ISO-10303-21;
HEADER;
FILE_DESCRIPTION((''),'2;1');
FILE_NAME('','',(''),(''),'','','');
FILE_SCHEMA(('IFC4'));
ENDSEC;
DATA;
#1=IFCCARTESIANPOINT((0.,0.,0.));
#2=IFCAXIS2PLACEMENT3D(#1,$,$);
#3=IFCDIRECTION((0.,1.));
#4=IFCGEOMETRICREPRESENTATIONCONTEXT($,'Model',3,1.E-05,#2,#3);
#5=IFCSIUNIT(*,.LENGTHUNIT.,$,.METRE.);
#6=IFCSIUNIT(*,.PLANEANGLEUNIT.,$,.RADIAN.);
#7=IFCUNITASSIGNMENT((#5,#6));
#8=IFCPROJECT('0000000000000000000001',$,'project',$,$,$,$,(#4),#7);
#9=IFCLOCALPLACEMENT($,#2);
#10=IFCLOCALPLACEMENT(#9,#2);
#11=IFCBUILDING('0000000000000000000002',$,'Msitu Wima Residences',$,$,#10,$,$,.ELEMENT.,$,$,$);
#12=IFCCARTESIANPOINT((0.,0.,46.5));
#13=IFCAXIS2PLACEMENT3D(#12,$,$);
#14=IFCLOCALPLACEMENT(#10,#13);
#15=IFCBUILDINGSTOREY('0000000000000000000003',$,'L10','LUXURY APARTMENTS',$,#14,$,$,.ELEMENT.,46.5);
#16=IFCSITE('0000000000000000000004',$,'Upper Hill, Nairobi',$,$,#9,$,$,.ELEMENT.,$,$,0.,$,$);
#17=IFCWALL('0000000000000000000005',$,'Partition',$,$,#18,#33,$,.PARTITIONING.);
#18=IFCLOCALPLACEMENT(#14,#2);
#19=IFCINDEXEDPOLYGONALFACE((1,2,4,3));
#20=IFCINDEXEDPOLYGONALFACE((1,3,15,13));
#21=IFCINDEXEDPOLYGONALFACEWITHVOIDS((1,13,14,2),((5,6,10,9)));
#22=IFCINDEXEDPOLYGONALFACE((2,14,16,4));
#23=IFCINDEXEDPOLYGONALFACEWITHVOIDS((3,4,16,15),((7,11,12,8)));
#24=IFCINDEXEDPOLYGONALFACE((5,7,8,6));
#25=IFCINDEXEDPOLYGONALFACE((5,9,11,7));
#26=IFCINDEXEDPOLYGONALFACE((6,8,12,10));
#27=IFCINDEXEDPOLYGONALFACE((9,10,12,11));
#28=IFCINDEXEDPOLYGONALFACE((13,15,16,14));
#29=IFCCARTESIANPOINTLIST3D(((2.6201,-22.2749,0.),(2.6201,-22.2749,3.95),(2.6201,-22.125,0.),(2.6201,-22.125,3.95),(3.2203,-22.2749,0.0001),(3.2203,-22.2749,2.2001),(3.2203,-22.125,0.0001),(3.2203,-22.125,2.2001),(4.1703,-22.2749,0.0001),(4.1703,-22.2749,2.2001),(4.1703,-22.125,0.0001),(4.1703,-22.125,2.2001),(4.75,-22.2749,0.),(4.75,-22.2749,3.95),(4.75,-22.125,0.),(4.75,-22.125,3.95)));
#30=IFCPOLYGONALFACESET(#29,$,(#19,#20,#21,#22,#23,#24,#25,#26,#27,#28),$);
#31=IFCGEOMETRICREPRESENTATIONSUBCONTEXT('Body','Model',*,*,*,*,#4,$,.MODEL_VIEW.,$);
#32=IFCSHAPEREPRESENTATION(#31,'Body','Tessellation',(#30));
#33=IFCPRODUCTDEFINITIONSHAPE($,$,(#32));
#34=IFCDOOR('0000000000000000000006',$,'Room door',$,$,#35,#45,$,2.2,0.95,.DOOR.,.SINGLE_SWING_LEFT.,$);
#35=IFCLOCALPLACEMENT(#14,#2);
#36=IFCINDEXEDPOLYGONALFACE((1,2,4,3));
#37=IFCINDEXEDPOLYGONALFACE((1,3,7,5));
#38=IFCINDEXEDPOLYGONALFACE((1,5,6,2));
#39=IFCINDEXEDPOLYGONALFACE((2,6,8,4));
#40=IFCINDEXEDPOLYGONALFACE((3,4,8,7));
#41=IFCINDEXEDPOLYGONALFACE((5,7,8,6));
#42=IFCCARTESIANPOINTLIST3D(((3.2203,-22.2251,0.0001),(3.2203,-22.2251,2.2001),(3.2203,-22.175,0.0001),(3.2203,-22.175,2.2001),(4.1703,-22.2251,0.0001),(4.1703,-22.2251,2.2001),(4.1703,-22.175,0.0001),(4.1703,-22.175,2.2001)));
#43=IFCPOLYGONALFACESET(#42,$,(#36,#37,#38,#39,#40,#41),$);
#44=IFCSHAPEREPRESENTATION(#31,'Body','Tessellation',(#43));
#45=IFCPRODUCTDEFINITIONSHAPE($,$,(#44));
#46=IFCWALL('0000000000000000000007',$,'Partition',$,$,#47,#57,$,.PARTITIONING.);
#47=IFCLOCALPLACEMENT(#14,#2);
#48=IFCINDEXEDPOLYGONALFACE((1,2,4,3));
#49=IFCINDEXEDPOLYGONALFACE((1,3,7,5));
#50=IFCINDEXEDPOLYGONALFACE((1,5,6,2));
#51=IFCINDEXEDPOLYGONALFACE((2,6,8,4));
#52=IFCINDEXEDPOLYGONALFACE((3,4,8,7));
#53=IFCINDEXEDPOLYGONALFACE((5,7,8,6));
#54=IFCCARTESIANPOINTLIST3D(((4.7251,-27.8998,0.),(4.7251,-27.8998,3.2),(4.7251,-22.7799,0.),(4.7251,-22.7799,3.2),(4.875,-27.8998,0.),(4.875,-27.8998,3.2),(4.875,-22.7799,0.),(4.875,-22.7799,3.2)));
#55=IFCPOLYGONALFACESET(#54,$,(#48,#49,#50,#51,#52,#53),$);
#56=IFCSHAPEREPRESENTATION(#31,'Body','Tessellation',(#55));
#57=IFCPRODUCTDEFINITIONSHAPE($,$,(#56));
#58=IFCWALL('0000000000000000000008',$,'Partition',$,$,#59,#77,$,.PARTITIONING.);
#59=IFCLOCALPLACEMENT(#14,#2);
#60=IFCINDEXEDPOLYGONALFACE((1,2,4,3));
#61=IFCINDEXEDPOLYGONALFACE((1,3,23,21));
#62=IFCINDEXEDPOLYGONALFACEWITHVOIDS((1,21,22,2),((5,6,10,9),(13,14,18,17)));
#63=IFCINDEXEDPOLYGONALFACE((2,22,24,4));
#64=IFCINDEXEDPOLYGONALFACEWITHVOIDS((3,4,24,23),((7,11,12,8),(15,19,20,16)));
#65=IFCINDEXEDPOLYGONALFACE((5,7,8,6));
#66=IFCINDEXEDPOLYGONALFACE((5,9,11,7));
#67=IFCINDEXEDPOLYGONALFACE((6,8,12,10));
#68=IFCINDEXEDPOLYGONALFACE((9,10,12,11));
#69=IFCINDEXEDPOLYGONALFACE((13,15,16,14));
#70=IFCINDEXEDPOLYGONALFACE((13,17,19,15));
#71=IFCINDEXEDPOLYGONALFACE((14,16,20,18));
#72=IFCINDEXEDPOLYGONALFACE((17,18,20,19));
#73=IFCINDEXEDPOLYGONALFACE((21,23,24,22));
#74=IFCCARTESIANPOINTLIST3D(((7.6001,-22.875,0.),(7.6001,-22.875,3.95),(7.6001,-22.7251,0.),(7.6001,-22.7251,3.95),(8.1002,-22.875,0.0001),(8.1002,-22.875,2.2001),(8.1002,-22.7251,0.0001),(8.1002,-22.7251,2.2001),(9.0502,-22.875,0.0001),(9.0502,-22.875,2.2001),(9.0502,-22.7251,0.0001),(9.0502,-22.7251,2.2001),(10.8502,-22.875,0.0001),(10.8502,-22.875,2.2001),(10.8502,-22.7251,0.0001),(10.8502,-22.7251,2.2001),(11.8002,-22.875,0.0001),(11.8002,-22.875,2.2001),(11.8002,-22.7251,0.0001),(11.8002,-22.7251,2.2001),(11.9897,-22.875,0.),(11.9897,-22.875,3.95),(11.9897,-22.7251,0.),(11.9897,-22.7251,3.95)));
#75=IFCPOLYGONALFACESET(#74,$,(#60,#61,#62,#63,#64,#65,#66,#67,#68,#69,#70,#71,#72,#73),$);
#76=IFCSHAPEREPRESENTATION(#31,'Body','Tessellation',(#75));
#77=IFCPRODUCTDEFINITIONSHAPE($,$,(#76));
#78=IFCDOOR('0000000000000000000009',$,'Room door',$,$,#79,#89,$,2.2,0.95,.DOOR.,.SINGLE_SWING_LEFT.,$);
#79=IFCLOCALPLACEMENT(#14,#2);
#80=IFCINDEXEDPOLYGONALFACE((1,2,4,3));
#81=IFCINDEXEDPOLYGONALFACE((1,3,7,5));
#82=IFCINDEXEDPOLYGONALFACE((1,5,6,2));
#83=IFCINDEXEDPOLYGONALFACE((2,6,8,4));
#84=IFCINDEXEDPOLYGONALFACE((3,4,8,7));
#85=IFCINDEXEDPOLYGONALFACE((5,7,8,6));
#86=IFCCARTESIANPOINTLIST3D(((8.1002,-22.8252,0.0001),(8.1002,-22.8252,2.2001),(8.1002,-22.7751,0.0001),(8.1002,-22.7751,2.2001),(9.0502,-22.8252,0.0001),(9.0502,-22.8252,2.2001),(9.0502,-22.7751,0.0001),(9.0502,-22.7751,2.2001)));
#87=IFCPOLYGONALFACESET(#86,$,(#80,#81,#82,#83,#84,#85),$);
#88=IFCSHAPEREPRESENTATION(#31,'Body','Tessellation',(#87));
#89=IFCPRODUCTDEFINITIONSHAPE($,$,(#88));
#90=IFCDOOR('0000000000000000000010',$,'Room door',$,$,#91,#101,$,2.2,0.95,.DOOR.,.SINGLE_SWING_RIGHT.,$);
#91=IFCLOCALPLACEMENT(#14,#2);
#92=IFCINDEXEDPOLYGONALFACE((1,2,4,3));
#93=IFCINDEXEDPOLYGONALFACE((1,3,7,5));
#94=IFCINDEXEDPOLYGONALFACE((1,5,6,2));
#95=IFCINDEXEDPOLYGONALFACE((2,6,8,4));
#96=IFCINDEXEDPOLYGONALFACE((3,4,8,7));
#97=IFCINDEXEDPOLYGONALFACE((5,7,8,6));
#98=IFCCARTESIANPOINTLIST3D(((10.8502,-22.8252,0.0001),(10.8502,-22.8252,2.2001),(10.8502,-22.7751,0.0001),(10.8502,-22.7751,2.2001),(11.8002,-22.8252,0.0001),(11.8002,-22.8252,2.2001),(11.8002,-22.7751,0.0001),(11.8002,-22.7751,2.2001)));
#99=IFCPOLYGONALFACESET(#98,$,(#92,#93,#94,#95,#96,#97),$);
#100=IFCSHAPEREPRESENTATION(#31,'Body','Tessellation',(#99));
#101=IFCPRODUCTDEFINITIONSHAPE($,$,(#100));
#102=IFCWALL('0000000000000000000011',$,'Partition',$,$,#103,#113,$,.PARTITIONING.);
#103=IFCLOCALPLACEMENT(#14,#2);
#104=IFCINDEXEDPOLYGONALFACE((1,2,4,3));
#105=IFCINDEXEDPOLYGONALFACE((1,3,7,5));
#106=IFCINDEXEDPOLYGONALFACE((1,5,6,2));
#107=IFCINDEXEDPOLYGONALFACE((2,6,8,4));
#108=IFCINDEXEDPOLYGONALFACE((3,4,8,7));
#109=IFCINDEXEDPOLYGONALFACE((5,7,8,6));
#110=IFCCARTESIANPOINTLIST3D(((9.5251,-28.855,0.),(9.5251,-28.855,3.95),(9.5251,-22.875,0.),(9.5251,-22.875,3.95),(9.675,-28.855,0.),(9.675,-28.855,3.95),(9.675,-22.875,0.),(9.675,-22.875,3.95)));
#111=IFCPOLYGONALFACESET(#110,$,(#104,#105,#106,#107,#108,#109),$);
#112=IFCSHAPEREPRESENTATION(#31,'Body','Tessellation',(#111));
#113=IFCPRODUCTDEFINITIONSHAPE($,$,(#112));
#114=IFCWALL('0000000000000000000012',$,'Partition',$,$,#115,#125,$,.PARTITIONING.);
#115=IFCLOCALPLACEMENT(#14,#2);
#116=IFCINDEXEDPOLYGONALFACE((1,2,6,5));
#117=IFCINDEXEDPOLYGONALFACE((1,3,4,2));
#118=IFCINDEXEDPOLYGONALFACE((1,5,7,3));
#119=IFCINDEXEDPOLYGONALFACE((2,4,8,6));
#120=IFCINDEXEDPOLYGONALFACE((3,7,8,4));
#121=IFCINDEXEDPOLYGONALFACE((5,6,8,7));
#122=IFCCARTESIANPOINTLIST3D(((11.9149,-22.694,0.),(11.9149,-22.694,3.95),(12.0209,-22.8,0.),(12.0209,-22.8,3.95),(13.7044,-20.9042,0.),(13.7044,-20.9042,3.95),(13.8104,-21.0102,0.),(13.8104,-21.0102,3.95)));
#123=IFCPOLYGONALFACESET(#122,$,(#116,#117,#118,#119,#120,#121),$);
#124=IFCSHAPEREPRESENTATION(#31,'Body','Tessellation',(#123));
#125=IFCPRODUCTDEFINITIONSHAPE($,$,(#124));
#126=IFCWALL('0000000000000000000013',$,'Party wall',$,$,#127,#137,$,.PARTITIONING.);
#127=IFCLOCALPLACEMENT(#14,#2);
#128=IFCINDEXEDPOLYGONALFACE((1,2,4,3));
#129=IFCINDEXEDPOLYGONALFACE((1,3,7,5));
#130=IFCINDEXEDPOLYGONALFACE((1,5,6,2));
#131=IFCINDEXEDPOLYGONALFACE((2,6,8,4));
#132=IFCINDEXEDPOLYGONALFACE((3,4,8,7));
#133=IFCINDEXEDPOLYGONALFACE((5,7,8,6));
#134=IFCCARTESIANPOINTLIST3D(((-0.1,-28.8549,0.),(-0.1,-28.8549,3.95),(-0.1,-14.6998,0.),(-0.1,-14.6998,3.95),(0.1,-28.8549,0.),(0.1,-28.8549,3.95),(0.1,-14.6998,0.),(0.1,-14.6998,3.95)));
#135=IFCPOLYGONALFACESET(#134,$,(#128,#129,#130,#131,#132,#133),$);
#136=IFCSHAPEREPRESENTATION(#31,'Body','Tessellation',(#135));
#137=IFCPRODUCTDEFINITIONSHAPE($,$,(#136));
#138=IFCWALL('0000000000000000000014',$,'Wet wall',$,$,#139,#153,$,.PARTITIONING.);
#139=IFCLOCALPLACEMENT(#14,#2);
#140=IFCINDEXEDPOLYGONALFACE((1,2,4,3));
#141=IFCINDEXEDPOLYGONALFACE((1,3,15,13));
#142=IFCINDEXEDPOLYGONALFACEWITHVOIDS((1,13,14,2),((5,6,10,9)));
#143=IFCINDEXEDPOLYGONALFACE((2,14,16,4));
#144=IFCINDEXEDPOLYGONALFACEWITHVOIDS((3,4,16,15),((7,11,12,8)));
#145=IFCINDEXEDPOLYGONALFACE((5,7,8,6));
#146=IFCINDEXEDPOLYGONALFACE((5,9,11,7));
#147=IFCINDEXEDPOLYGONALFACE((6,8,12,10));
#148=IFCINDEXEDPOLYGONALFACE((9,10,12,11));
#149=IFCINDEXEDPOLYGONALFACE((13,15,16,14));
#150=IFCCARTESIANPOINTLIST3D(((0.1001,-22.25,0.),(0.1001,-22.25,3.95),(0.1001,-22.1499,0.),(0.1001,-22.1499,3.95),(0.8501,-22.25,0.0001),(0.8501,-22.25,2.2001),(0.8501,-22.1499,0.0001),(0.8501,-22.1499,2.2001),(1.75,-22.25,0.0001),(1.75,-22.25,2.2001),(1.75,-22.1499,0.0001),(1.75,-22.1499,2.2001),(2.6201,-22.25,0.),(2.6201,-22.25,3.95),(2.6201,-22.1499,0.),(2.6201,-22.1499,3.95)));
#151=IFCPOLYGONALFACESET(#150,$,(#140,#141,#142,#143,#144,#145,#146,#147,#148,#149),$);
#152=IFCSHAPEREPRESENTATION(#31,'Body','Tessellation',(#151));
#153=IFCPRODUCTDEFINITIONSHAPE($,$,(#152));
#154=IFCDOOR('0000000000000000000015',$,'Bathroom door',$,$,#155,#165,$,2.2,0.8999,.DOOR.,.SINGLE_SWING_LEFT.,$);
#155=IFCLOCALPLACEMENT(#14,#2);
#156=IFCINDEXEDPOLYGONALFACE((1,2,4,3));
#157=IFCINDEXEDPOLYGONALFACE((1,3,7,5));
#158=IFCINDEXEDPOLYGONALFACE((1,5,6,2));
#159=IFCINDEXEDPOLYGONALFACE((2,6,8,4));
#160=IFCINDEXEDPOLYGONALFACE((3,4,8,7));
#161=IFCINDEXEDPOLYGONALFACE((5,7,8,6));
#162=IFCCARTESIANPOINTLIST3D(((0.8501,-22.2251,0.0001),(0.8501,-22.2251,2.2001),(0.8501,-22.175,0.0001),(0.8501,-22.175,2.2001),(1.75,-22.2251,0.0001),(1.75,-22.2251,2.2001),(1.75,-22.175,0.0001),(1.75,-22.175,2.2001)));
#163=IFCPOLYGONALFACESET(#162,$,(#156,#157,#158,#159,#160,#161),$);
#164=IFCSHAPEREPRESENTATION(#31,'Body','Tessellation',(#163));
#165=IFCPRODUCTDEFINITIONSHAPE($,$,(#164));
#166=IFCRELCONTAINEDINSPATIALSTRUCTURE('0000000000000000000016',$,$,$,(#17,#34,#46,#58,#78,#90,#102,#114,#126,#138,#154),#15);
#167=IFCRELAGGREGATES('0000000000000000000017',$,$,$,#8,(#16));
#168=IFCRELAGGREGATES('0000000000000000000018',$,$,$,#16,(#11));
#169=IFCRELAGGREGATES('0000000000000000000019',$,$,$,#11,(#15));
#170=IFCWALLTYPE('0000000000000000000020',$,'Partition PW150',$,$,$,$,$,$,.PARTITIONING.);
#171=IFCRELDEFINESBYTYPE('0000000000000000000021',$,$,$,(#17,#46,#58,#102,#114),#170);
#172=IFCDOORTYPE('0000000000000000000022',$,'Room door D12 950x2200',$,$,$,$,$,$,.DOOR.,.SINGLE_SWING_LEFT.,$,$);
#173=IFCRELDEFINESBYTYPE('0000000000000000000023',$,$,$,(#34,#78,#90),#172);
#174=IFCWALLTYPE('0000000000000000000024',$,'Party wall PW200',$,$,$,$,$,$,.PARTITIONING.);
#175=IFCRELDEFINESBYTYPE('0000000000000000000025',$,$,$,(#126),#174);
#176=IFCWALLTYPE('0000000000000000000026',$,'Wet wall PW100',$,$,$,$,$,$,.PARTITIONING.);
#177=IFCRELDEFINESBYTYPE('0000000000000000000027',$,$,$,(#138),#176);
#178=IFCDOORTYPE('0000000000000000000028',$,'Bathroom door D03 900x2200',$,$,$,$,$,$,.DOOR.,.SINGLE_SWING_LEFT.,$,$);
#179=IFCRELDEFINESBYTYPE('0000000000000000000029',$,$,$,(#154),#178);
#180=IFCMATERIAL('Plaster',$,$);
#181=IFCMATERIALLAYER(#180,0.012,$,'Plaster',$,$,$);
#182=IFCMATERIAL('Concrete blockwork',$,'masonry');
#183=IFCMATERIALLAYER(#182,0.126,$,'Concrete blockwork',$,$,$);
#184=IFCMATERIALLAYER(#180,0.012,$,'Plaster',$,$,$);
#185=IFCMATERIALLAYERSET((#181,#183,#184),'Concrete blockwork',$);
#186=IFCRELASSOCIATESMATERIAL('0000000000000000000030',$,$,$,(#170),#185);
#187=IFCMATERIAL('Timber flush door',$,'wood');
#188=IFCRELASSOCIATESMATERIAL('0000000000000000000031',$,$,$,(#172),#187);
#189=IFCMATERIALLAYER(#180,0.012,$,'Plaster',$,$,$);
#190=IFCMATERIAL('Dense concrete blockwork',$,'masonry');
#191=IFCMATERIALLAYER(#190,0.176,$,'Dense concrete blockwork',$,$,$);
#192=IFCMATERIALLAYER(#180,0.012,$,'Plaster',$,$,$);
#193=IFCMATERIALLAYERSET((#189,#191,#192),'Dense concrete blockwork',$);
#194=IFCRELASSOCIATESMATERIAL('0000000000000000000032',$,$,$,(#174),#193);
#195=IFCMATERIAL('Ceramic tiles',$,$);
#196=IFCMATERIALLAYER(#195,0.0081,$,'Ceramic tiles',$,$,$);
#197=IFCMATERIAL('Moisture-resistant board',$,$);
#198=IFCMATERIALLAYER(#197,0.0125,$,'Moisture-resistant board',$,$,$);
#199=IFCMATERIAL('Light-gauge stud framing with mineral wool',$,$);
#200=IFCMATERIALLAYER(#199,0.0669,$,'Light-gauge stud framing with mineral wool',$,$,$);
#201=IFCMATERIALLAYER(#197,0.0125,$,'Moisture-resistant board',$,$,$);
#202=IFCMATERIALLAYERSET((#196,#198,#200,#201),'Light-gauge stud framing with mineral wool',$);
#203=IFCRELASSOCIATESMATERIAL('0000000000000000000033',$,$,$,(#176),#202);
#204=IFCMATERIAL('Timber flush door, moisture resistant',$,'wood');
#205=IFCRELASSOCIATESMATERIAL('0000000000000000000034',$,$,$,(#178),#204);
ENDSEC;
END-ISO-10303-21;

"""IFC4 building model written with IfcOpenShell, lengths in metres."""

from ifc_helpers import new_model, si_unit, direction, frame, frame_2d, origin, place, context, subcontext, project, spatial, rectangle, extrude, material, layer, layer_set, type_object, element, fill, save


model = new_model("IFC4")

# Units and contexts
model_context = context("Model", 3, precision=1e-05, world=origin(), true_north=direction((0.0, 1.0)))
body_context = subcontext(model_context, "Body", "Model", "MODEL_VIEW")
ifc_project = project(units=[si_unit("LENGTHUNIT", "METRE"), si_unit("PLANEANGLEUNIT", "RADIAN")], contexts=[model_context])

# Site, building, storey
site_placement = place(None, origin())
site = spatial("IfcSite", under=ifc_project, at=site_placement, Name="Upper Hill, Nairobi", CompositionType="ELEMENT", RefElevation=0.0)
building_placement = place(site_placement, origin())
building = spatial("IfcBuilding", under=site, at=building_placement, Name="Msitu Wima Residences", CompositionType="ELEMENT")
storey_placement = place(building_placement, frame((0.0, 0.0, 46.5)))
storey = spatial("IfcBuildingStorey", under=building, at=storey_placement, Name="L10", Description="LUXURY APARTMENTS", CompositionType="ELEMENT", Elevation=46.5)

# Wall, opening, door
ifc_material_1 = material(Name="Plaster")
ifc_layer_1 = layer(ifc_material_1, 0.012, Name="Plaster")
ifc_material_2 = material(Name="Concrete blockwork", Category="masonry")
ifc_layer_2 = layer(ifc_material_2, 0.126, Name="Concrete blockwork")
ifc_layer_3 = layer(ifc_material_1, 0.012, Name="Plaster")
ifc_layer_set_1 = layer_set([ifc_layer_1, ifc_layer_2, ifc_layer_3], Name="Concrete blockwork")
wall_type_1 = type_object("IfcWallType", Name="Partition PW150", PredefinedType="PARTITIONING", material=ifc_layer_set_1)
wall_1_placement = place(storey_placement, frame((2.6201, -22.2, 0.0), z_axis=(0.0, 0.0, 1.0), x_axis=(1.0, 0.0, 0.0)))
wall_1 = element("IfcWall", 1, at=wall_1_placement, inside=storey, type_object=wall_type_1, Name="Partition", PredefinedType="PARTITIONING", context=body_context, shape_type="SweptSolid", body=[
    extrude(rectangle(XDim=2.1299, YDim=0.1499, at=frame_2d((1.0649, 0.0))), origin(), (0.0, 0.0, 1.0), 3.95),
])
opening_1_placement = place(wall_1_placement, frame((0.6001, 0.0, 0.0)))
opening_1 = element("IfcOpeningElement", 2, at=opening_1_placement, cuts=wall_1, PredefinedType="OPENING", context=body_context, shape_type="SweptSolid", body=[
    extrude(rectangle(XDim=0.95, YDim=2.2, at=frame_2d((0.4751, 1.1001))), frame((0.0, 0.085, 0.0), z_axis=(0.0, -1.0, 0.0), x_axis=(1.0, 0.0, 0.0)), (0.0, 0.0, 1.0), 0.1699),
])
ifc_material_3 = material(Name="Timber flush door", Category="wood")
door_type_1 = type_object("IfcDoorType", Name="Room door D12 950x2200", OperationType="SINGLE_SWING_LEFT", PredefinedType="DOOR", material=ifc_material_3)
door_1_placement = place(opening_1_placement, origin())
door_1 = element("IfcDoor", 3, at=door_1_placement, inside=storey, type_object=door_type_1, Name="Room door", OperationType="SINGLE_SWING_LEFT", OverallHeight=2.2, OverallWidth=0.95, PredefinedType="DOOR", context=body_context, shape_type="SweptSolid", body=[
    extrude(rectangle(XDim=0.95, YDim=2.2, at=frame_2d((0.4751, 1.1001))), frame((0.0, 0.0249, 0.0), z_axis=(0.0, -1.0, 0.0), x_axis=(1.0, 0.0, 0.0)), (0.0, 0.0, 1.0), 0.05),
])
fill(opening_1, door_1)

# Wall
wall_2_placement = place(storey_placement, frame((4.8, -27.8999, 0.0), z_axis=(0.0, 0.0, 1.0), x_axis=(0.0, 1.0, 0.0)))
element("IfcWall", 4, at=wall_2_placement, inside=storey, type_object=wall_type_1, Name="Partition", PredefinedType="PARTITIONING", context=body_context, shape_type="SweptSolid", body=[
    extrude(rectangle(XDim=5.1199, YDim=0.1499, at=frame_2d((2.5601, 0.0))), origin(), (0.0, 0.0, 1.0), 3.2),
])

# Wall, openings, doors
wall_3_placement = place(storey_placement, frame((7.6001, -22.8, 0.0), z_axis=(0.0, 0.0, 1.0), x_axis=(1.0, 0.0, 0.0)))
wall_3 = element("IfcWall", 5, at=wall_3_placement, inside=storey, type_object=wall_type_1, Name="Partition", PredefinedType="PARTITIONING", context=body_context, shape_type="SweptSolid", body=[
    extrude(rectangle(XDim=4.3896, YDim=0.1499, at=frame_2d((2.1948, 0.0))), origin(), (0.0, 0.0, 1.0), 3.95),
])
opening_2_placement = place(wall_3_placement, frame((0.5, 0.0, 0.0)))
opening_2 = element("IfcOpeningElement", 6, at=opening_2_placement, cuts=wall_3, PredefinedType="OPENING", context=body_context, shape_type="SweptSolid", body=[
    extrude(rectangle(XDim=0.95, YDim=2.2, at=frame_2d((0.4751, 1.1001))), frame((0.0, 0.085, 0.0), z_axis=(0.0, -1.0, 0.0), x_axis=(1.0, 0.0, 0.0)), (0.0, 0.0, 1.0), 0.1699),
])
opening_3_placement = place(wall_3_placement, frame((3.25, 0.0, 0.0)))
opening_3 = element("IfcOpeningElement", 7, at=opening_3_placement, cuts=wall_3, PredefinedType="OPENING", context=body_context, shape_type="SweptSolid", body=[
    extrude(rectangle(XDim=0.95, YDim=2.2, at=frame_2d((0.4751, 1.1001))), frame((0.0, 0.085, 0.0), z_axis=(0.0, -1.0, 0.0), x_axis=(1.0, 0.0, 0.0)), (0.0, 0.0, 1.0), 0.1699),
])
door_2_placement = place(opening_2_placement, origin())
door_2 = element("IfcDoor", 8, at=door_2_placement, inside=storey, type_object=door_type_1, Name="Room door", OperationType="SINGLE_SWING_LEFT", OverallHeight=2.2, OverallWidth=0.95, PredefinedType="DOOR", context=body_context, shape_type="SweptSolid", body=[
    extrude(rectangle(XDim=0.95, YDim=2.2, at=frame_2d((0.4751, 1.1001))), frame((0.0, 0.0249, 0.0), z_axis=(0.0, -1.0, 0.0), x_axis=(1.0, 0.0, 0.0)), (0.0, 0.0, 1.0), 0.05),
])
fill(opening_2, door_2)
door_3_placement = place(opening_3_placement, origin())
door_3 = element("IfcDoor", 9, at=door_3_placement, inside=storey, type_object=door_type_1, Name="Room door", OperationType="SINGLE_SWING_RIGHT", OverallHeight=2.2, OverallWidth=0.95, PredefinedType="DOOR", context=body_context, shape_type="SweptSolid", body=[
    extrude(rectangle(XDim=0.95, YDim=2.2, at=frame_2d((0.4751, 1.1001))), frame((0.0, 0.0249, 0.0), z_axis=(0.0, -1.0, 0.0), x_axis=(1.0, 0.0, 0.0)), (0.0, 0.0, 1.0), 0.05),
])
fill(opening_3, door_3)

# Walls
wall_4_placement = place(storey_placement, frame((9.6001, -28.855, 0.0), z_axis=(0.0, 0.0, 1.0), x_axis=(0.0, 1.0, 0.0)))
element("IfcWall", 10, at=wall_4_placement, inside=storey, type_object=wall_type_1, Name="Partition", PredefinedType="PARTITIONING", context=body_context, shape_type="SweptSolid", body=[
    extrude(rectangle(XDim=5.98, YDim=0.1499, at=frame_2d((2.99, 0.0))), origin(), (0.0, 0.0, 1.0), 3.95),
])
wall_5_placement = place(storey_placement, frame((11.9678, -22.7471, 0.0), z_axis=(0.0, 0.0, 1.0), x_axis=(0.707059, 0.707155, 0.0)))
element("IfcWall", 11, at=wall_5_placement, inside=storey, type_object=wall_type_1, Name="Partition", PredefinedType="PARTITIONING", context=body_context, shape_type="SweptSolid", body=[
    extrude(rectangle(XDim=2.531, YDim=0.1499, at=frame_2d((1.2656, 0.0))), origin(), (0.0, 0.0, 1.0), 3.95),
])
ifc_layer_4 = layer(ifc_material_1, 0.012, Name="Plaster")
ifc_material_4 = material(Name="Dense concrete blockwork", Category="masonry")
ifc_layer_5 = layer(ifc_material_4, 0.176, Name="Dense concrete blockwork")
ifc_layer_6 = layer(ifc_material_1, 0.012, Name="Plaster")
ifc_layer_set_2 = layer_set([ifc_layer_4, ifc_layer_5, ifc_layer_6], Name="Dense concrete blockwork")
wall_type_2 = type_object("IfcWallType", Name="Party wall PW200", PredefinedType="PARTITIONING", material=ifc_layer_set_2)
wall_6_placement = place(storey_placement, frame((0.0, -28.855, 0.0), z_axis=(0.0, 0.0, 1.0), x_axis=(0.0, 1.0, 0.0)))
element("IfcWall", 12, at=wall_6_placement, inside=storey, type_object=wall_type_2, Name="Party wall", PredefinedType="PARTITIONING", context=body_context, shape_type="SweptSolid", body=[
    extrude(rectangle(XDim=14.155, YDim=0.2, at=frame_2d((7.0776, 0.0))), origin(), (0.0, 0.0, 1.0), 3.95),
])

# Wall, opening, door
ifc_material_5 = material(Name="Ceramic tiles")
ifc_layer_7 = layer(ifc_material_5, 0.0081, Name="Ceramic tiles")
ifc_material_6 = material(Name="Moisture-resistant board")
ifc_layer_8 = layer(ifc_material_6, 0.0125, Name="Moisture-resistant board")
ifc_material_7 = material(Name="Light-gauge stud framing with mineral wool")
ifc_layer_9 = layer(ifc_material_7, 0.0669, Name="Light-gauge stud framing with mineral wool")
ifc_layer_10 = layer(ifc_material_6, 0.0125, Name="Moisture-resistant board")
ifc_layer_set_3 = layer_set([ifc_layer_7, ifc_layer_8, ifc_layer_9, ifc_layer_10], Name="Light-gauge stud framing with mineral wool")
wall_type_3 = type_object("IfcWallType", Name="Wet wall PW100", PredefinedType="PARTITIONING", material=ifc_layer_set_3)
wall_7_placement = place(storey_placement, frame((0.1001, -22.2, 0.0), z_axis=(0.0, 0.0, 1.0), x_axis=(1.0, 0.0, 0.0)))
wall_7 = element("IfcWall", 13, at=wall_7_placement, inside=storey, type_object=wall_type_3, Name="Wet wall", PredefinedType="PARTITIONING", context=body_context, shape_type="SweptSolid", body=[
    extrude(rectangle(XDim=2.52, YDim=0.1001, at=frame_2d((1.26, 0.0))), origin(), (0.0, 0.0, 1.0), 3.95),
])
opening_4_placement = place(wall_7_placement, frame((0.75, 0.0, 0.0)))
opening_4 = element("IfcOpeningElement", 14, at=opening_4_placement, cuts=wall_7, PredefinedType="OPENING", context=body_context, shape_type="SweptSolid", body=[
    extrude(rectangle(XDim=0.8999, YDim=2.2, at=frame_2d((0.45, 1.1001))), frame((0.0, 0.0601, 0.0), z_axis=(0.0, -1.0, 0.0), x_axis=(1.0, 0.0, 0.0)), (0.0, 0.0, 1.0), 0.1201),
])
ifc_material_8 = material(Name="Timber flush door, moisture resistant", Category="wood")
door_type_2 = type_object("IfcDoorType", Name="Bathroom door D03 900x2200", OperationType="SINGLE_SWING_LEFT", PredefinedType="DOOR", material=ifc_material_8)
door_4_placement = place(opening_4_placement, origin())
door_4 = element("IfcDoor", 15, at=door_4_placement, inside=storey, type_object=door_type_2, Name="Bathroom door", OperationType="SINGLE_SWING_LEFT", OverallHeight=2.2, OverallWidth=0.8999, PredefinedType="DOOR", context=body_context, shape_type="SweptSolid", body=[
    extrude(rectangle(XDim=0.8999, YDim=2.2, at=frame_2d((0.45, 1.1001))), frame((0.0, 0.0249, 0.0), z_axis=(0.0, -1.0, 0.0), x_axis=(1.0, 0.0, 0.0)), (0.0, 0.0, 1.0), 0.05),
])
fill(opening_4, door_4)

save(model, "model.ifc")
